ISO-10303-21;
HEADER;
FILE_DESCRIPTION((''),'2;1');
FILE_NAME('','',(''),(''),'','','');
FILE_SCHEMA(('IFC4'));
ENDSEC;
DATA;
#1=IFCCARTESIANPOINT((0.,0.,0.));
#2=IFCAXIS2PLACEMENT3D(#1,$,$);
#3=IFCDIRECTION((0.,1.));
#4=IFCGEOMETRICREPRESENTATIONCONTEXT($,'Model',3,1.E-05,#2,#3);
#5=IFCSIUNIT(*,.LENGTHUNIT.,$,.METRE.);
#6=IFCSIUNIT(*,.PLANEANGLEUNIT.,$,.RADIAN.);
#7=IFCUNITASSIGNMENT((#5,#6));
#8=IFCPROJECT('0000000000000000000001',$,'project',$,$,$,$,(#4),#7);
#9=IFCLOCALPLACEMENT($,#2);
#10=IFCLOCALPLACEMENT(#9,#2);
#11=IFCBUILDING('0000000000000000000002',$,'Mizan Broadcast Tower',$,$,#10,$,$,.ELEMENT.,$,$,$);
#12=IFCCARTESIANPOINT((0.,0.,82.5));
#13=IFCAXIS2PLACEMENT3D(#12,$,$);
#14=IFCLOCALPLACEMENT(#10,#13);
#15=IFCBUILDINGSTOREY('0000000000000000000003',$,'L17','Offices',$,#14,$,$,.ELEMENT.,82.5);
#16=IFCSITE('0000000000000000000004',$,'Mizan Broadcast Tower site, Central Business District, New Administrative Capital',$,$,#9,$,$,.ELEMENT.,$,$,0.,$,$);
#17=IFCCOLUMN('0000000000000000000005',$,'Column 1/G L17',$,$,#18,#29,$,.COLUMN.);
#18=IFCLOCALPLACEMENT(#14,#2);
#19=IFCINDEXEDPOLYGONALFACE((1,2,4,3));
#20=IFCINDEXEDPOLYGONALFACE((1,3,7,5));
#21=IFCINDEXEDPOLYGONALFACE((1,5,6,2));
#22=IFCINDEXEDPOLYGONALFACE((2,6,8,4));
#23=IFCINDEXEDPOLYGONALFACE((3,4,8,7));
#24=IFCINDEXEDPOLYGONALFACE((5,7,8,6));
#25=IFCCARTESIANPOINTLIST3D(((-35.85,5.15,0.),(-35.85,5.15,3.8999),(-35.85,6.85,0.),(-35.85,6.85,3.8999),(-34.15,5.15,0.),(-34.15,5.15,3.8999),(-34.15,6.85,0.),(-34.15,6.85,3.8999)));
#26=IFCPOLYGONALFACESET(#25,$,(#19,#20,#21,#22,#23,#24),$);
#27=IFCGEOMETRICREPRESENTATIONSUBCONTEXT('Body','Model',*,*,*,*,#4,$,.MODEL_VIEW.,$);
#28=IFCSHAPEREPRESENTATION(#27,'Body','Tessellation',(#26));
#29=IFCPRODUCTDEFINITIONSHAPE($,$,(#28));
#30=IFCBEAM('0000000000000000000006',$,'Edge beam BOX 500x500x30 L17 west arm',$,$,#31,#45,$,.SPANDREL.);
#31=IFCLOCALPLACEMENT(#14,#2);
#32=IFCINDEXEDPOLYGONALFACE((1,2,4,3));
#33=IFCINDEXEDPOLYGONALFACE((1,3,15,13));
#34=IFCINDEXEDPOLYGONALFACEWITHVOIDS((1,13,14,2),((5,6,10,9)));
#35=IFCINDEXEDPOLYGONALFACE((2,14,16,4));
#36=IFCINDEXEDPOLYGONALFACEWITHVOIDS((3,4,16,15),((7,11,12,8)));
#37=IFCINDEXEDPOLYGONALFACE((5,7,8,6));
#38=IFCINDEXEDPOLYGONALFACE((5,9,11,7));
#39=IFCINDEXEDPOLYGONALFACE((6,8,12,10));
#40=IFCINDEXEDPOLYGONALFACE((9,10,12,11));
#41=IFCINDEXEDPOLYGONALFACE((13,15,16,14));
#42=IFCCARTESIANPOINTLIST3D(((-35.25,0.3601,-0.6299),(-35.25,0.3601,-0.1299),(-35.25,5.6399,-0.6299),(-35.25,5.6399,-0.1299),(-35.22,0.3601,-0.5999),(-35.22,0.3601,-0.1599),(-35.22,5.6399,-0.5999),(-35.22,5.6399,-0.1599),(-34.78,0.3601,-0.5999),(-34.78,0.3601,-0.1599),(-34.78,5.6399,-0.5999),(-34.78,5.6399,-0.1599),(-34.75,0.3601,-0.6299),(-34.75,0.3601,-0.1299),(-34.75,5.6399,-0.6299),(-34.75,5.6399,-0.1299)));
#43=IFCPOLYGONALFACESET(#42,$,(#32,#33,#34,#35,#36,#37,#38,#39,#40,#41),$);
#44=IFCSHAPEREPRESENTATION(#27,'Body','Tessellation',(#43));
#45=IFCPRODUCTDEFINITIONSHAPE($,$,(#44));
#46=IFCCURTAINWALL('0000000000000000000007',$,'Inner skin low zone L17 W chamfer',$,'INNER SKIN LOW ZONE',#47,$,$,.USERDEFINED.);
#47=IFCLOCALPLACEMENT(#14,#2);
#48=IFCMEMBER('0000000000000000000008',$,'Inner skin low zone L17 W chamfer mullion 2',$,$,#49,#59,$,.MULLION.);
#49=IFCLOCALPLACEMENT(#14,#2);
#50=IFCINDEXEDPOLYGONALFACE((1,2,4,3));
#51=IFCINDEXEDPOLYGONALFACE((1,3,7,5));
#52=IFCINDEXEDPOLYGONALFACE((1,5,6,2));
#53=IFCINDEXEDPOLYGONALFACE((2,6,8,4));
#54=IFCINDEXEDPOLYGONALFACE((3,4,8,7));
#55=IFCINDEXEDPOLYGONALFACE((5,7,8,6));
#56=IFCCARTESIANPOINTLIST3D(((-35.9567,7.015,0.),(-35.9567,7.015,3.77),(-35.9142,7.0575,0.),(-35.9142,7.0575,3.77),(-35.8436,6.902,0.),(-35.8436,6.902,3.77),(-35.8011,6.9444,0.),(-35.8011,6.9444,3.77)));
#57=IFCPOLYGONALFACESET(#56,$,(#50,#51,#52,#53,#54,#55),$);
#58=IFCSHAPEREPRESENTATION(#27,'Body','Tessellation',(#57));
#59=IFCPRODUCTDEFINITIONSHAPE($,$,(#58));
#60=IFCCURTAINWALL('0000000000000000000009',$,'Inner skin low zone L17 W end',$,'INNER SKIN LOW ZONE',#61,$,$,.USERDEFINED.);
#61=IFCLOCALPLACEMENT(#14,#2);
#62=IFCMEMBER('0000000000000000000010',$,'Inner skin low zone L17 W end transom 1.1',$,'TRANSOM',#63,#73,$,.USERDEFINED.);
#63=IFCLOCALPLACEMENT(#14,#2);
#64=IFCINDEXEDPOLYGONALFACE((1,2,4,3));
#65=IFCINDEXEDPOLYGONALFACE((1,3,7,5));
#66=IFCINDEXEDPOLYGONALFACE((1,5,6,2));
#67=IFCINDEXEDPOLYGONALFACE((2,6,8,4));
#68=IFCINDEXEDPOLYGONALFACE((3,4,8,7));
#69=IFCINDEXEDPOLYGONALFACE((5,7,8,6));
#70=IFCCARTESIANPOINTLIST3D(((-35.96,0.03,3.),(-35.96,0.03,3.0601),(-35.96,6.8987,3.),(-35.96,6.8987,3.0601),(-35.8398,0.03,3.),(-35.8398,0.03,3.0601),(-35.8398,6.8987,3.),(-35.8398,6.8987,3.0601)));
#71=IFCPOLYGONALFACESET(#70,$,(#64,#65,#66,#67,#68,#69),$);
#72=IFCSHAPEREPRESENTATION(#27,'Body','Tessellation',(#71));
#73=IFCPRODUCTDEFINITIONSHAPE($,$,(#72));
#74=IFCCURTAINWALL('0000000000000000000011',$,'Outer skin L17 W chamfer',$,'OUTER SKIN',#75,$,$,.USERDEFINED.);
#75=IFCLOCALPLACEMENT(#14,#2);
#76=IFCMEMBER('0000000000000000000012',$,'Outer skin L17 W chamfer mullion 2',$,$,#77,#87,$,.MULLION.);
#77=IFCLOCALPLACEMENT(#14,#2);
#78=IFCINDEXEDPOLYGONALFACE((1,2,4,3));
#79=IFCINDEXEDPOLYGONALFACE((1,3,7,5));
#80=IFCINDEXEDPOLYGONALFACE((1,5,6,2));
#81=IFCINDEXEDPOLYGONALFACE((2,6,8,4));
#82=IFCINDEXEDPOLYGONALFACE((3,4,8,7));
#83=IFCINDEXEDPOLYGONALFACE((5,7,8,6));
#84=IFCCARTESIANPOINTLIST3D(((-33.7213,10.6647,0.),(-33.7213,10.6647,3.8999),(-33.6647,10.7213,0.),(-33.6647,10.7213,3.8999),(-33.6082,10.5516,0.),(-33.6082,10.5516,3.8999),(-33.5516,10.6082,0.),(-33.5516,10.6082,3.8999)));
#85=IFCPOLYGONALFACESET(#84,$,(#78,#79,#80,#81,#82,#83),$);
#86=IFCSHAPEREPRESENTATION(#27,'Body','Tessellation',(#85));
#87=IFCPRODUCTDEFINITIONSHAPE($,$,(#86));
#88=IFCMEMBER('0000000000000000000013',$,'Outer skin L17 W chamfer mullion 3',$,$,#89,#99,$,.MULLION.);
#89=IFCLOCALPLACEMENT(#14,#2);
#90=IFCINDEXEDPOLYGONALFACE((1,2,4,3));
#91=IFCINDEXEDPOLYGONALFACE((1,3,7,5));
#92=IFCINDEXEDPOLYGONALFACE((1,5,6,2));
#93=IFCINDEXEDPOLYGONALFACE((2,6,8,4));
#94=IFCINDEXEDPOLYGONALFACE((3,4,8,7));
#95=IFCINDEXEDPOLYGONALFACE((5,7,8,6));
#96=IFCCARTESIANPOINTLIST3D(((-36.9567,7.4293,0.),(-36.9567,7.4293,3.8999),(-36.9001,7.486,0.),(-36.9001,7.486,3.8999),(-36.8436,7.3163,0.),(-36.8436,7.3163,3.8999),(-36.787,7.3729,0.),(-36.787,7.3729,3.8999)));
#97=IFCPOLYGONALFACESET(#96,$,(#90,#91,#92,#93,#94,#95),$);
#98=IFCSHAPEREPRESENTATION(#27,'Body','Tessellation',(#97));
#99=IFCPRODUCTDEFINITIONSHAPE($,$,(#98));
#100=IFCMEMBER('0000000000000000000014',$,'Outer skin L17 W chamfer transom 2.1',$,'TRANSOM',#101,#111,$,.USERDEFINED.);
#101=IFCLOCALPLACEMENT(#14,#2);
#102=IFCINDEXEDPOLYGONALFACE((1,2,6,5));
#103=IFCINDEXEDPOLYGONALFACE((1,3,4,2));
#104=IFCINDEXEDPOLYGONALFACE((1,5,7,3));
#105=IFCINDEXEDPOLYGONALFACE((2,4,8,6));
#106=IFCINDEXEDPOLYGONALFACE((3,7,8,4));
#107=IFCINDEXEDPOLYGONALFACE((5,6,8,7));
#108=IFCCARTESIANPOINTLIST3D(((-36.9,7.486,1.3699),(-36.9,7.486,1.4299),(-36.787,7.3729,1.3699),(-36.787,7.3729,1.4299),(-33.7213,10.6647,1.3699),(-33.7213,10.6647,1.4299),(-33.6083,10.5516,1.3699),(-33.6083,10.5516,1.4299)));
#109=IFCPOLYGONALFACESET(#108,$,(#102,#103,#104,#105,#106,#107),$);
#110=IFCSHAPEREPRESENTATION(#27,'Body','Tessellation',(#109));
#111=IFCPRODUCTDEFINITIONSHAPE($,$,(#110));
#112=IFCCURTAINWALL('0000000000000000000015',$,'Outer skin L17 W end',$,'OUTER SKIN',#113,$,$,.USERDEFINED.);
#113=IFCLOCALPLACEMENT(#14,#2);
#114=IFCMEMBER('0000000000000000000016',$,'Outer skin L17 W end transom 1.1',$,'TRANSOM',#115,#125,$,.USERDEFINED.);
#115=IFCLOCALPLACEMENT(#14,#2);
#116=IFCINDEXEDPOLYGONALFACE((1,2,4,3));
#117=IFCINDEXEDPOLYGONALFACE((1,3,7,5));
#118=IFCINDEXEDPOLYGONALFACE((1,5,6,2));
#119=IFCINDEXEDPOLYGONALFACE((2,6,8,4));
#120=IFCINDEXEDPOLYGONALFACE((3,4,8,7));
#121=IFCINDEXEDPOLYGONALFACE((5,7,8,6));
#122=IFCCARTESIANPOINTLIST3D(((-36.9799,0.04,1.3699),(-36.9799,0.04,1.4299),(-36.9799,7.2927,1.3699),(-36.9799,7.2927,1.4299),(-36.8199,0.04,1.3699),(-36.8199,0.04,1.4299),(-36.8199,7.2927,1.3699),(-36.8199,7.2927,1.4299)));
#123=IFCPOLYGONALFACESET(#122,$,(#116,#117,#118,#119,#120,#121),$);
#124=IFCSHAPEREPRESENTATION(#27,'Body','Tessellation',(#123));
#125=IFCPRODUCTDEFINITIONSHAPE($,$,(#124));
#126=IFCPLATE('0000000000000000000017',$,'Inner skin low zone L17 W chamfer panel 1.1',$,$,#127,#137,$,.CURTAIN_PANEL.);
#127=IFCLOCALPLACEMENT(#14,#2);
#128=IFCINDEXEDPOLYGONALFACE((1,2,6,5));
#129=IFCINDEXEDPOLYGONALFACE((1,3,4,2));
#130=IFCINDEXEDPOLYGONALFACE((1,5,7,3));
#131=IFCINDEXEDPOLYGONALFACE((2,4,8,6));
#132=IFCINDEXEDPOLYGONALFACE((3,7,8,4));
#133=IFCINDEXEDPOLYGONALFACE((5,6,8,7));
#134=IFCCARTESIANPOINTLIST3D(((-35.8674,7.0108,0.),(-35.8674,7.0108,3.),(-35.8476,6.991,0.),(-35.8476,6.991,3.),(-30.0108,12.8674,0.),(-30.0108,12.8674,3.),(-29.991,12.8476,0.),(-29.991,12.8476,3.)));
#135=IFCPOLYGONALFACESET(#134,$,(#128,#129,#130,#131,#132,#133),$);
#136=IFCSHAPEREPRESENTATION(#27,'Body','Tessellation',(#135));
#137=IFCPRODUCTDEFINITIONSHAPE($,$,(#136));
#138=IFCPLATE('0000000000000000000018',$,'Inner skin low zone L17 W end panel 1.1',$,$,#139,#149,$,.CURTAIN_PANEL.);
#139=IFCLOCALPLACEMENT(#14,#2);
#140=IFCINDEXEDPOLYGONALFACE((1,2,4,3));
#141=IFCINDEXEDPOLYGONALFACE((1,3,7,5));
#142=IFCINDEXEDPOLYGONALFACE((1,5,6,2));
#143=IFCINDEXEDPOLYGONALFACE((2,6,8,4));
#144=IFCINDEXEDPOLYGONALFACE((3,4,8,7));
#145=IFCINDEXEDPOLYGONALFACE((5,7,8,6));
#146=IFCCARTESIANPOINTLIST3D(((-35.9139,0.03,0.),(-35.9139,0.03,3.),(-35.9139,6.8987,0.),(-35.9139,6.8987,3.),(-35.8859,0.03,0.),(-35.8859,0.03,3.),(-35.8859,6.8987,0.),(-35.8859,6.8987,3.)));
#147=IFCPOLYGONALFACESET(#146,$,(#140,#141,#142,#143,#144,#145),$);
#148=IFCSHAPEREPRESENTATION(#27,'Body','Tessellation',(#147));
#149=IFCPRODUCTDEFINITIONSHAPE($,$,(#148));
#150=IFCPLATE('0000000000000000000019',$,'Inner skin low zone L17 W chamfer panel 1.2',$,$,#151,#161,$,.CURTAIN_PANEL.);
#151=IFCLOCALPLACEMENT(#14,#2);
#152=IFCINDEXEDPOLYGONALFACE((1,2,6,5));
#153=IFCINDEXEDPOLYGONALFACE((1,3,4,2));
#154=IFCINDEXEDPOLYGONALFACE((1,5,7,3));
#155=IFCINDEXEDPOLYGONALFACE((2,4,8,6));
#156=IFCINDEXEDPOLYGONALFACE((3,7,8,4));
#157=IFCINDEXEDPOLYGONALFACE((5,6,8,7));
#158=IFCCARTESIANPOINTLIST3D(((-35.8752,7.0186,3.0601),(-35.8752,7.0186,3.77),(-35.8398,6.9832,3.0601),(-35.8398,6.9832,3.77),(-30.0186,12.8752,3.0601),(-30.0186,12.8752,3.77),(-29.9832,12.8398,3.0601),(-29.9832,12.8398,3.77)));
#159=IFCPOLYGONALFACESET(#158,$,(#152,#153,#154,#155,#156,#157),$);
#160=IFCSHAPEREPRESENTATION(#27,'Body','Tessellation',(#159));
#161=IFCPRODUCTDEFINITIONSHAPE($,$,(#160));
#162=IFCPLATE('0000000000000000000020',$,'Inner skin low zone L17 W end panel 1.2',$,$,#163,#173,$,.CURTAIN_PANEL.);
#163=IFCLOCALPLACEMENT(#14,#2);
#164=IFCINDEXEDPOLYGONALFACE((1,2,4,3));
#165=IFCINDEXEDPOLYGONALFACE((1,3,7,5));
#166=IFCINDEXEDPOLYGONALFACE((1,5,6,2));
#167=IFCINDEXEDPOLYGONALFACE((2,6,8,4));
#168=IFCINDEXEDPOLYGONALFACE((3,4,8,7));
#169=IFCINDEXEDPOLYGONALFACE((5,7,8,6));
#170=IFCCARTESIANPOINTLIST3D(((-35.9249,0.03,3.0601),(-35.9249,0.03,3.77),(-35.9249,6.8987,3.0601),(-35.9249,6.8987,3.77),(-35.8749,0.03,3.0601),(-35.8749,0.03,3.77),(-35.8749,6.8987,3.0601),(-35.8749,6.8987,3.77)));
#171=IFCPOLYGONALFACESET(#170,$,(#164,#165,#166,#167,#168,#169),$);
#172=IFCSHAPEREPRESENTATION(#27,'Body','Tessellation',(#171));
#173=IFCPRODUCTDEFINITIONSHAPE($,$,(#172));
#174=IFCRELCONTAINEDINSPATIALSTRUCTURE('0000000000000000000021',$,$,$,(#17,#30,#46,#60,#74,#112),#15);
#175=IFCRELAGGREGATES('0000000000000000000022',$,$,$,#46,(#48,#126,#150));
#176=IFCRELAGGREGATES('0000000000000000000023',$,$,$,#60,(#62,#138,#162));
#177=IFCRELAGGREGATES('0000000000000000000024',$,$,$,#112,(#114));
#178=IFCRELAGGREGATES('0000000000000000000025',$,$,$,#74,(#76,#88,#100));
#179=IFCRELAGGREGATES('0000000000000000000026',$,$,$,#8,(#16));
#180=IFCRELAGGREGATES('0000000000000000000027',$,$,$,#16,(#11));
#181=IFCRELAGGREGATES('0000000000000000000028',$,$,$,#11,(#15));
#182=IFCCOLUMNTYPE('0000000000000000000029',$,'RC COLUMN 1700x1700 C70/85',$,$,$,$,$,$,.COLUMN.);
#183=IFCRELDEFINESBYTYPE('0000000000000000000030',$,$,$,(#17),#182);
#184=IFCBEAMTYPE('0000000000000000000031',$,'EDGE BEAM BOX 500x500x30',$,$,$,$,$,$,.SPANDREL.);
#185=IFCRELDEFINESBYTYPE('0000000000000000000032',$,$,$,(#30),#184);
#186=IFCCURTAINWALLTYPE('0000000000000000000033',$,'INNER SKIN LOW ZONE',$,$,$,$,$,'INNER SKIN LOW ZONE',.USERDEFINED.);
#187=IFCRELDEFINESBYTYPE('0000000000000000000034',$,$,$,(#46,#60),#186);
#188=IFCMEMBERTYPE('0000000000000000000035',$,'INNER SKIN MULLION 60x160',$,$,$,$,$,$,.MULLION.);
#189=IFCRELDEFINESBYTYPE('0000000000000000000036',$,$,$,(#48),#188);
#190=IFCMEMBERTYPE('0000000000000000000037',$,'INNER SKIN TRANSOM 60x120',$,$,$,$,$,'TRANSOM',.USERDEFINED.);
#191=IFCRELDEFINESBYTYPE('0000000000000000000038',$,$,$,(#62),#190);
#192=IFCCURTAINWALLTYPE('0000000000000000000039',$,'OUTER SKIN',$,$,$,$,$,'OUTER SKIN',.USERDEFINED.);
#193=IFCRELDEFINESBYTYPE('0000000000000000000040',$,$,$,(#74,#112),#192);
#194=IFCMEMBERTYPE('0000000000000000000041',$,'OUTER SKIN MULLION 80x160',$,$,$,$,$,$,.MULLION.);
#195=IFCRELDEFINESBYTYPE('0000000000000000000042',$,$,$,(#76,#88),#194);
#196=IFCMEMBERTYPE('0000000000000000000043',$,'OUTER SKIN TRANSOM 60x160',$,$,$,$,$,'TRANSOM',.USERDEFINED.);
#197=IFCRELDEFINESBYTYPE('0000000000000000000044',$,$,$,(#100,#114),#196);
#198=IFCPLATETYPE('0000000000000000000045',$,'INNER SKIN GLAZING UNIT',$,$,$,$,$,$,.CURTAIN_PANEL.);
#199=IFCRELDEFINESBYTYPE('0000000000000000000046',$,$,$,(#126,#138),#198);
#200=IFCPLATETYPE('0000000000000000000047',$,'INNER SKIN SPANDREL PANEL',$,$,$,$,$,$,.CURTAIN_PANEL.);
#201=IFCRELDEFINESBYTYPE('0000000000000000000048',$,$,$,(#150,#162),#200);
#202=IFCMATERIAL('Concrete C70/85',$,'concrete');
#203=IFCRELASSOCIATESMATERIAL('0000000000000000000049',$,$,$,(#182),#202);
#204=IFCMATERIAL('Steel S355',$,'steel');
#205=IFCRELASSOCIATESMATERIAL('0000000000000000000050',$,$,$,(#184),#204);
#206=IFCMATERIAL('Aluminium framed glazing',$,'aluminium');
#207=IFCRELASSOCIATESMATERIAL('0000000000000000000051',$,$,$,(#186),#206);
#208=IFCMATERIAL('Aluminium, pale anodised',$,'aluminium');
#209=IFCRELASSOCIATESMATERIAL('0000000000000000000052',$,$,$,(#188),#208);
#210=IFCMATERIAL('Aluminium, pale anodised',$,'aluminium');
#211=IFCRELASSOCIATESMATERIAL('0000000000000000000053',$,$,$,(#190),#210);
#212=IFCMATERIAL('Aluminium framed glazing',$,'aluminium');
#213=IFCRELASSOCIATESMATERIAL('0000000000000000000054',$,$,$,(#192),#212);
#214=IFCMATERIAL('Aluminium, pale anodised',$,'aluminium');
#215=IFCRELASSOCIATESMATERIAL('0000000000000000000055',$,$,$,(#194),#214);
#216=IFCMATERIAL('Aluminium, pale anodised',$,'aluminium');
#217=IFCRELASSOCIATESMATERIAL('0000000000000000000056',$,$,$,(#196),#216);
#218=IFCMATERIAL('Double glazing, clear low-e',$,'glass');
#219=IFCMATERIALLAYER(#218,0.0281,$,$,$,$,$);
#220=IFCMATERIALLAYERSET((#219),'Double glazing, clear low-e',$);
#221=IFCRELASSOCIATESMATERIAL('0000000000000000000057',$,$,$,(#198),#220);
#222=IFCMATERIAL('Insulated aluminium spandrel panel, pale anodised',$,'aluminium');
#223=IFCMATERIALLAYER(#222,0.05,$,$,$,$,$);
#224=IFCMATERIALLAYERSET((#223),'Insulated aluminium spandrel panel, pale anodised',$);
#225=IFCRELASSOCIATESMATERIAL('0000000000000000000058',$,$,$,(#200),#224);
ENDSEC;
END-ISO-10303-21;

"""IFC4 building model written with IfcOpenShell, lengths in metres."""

from ifc_helpers import new_model, si_unit, direction, frame, origin, origin_2d, place, context, subcontext, project, spatial, rectangle, hollow_rectangle, extrude, material, layer, layer_set, material_profile, profile_set, type_object, element, aggregate, save


model = new_model("IFC4")

# Units and contexts
model_context = context("Model", 3, precision=1e-05, world=origin(), true_north=direction((0.0, 1.0)))
body_context = subcontext(model_context, "Body", "Model", "MODEL_VIEW")
ifc_project = project(units=[si_unit("LENGTHUNIT", "METRE"), si_unit("PLANEANGLEUNIT", "RADIAN")], contexts=[model_context])

# Site, building, storey
site_placement = place(None, origin())
site = spatial("IfcSite", under=ifc_project, at=site_placement, Name="Mizan Broadcast Tower site, Central Business District, New Administrative Capital", CompositionType="ELEMENT", RefElevation=0.0)
building_placement = place(site_placement, origin())
building = spatial("IfcBuilding", under=site, at=building_placement, Name="Mizan Broadcast Tower", CompositionType="ELEMENT")
storey_placement = place(building_placement, frame((0.0, 0.0, 82.5)))
storey = spatial("IfcBuildingStorey", under=building, at=storey_placement, Name="L17", Description="Offices", CompositionType="ELEMENT", Elevation=82.5)

# Column
ifc_material_1 = material(Name="Concrete C70/85", Category="concrete")
ifc_material_profile_1 = material_profile(ifc_material_1, rectangle(XDim=1.7, YDim=1.7, at=origin_2d()), Name="RC 1700x1700")
ifc_profile_set_1 = profile_set([ifc_material_profile_1], Name="Concrete C70/85")
column_type = type_object("IfcColumnType", Name="RC COLUMN 1700x1700 C70/85", PredefinedType="COLUMN", material=ifc_profile_set_1)
column_placement = place(storey_placement, frame((-35.0, 6.0, 0.0), z_axis=(0.0, 0.0, 1.0), x_axis=(1.0, 0.0, 0.0)))
element("IfcColumn", 1, at=column_placement, inside=storey, type_object=column_type, Name="Column 1/G L17", PredefinedType="COLUMN", context=body_context, shape_type="SweptSolid", body=[
    extrude(rectangle(XDim=1.7, YDim=1.7, at=origin_2d()), origin(), (0.0, 0.0, 1.0), 3.8999),
])

# Beam
ifc_material_2 = material(Name="Steel S355", Category="steel")
ifc_material_profile_2 = material_profile(ifc_material_2, hollow_rectangle(XDim=0.5, YDim=0.5, WallThickness=0.03, at=origin_2d()), Name="BOX 500x500x30")
ifc_profile_set_2 = profile_set([ifc_material_profile_2], Name="Steel S355")
beam_type = type_object("IfcBeamType", Name="EDGE BEAM BOX 500x500x30", PredefinedType="SPANDREL", material=ifc_profile_set_2)
beam_placement = place(storey_placement, frame((-35.0, 5.6399, -0.3799), z_axis=(0.0, -1.0, 0.0), x_axis=(1.0, 0.0, 0.0)))
element("IfcBeam", 2, at=beam_placement, inside=storey, type_object=beam_type, Name="Edge beam BOX 500x500x30 L17 west arm", PredefinedType="SPANDREL", context=body_context, shape_type="SweptSolid", body=[
    extrude(hollow_rectangle(XDim=0.5, YDim=0.5, WallThickness=0.03, at=origin_2d()), origin(), (0.0, 0.0, 1.0), 5.2798),
])

# Curtain walls, members
ifc_material_3 = material(Name="Aluminium framed glazing", Category="aluminium")
curtain_wall_type_1 = type_object("IfcCurtainWallType", Name="INNER SKIN LOW ZONE", ElementType="INNER SKIN LOW ZONE", PredefinedType="USERDEFINED", material=ifc_material_3)
curtain_wall_1_placement = place(storey_placement, origin())
curtain_wall_1 = element("IfcCurtainWall", 3, at=curtain_wall_1_placement, inside=storey, type_object=curtain_wall_type_1, Name="Inner skin low zone L17 W chamfer", ObjectType="INNER SKIN LOW ZONE", PredefinedType="USERDEFINED")
ifc_material_4 = material(Name="Aluminium, pale anodised", Category="aluminium")
ifc_material_profile_3 = material_profile(ifc_material_4, rectangle(XDim=0.1599, YDim=0.0601, at=origin_2d()), Name="MULLION 160x60")
ifc_profile_set_3 = profile_set([ifc_material_profile_3], Name="Aluminium, pale anodised")
member_type_1 = type_object("IfcMemberType", Name="INNER SKIN MULLION 60x160", PredefinedType="MULLION", material=ifc_profile_set_3)
member_1_placement = place(storey_placement, frame((-35.8789, 6.9797, 0.0), z_axis=(0.0, 0.0, 1.0), x_axis=(0.707107, -0.707107, 0.0)))
member_1 = element("IfcMember", 4, at=member_1_placement, type_object=member_type_1, Name="Inner skin low zone L17 W chamfer mullion 2", PredefinedType="MULLION", context=body_context, shape_type="SweptSolid", body=[
    extrude(rectangle(XDim=0.1599, YDim=0.0601, at=origin_2d()), origin(), (0.0, 0.0, 1.0), 3.77),
])
curtain_wall_2_placement = place(storey_placement, origin())
curtain_wall_2 = element("IfcCurtainWall", 5, at=curtain_wall_2_placement, inside=storey, type_object=curtain_wall_type_1, Name="Inner skin low zone L17 W end", ObjectType="INNER SKIN LOW ZONE", PredefinedType="USERDEFINED")
ifc_material_5 = material(Name="Aluminium, pale anodised", Category="aluminium")
ifc_material_profile_4 = material_profile(ifc_material_5, rectangle(XDim=0.1201, YDim=0.0601, at=origin_2d()), Name="TRANSOM 120x60")
ifc_profile_set_4 = profile_set([ifc_material_profile_4], Name="Aluminium, pale anodised")
member_type_2 = type_object("IfcMemberType", Name="INNER SKIN TRANSOM 60x120", ElementType="TRANSOM", PredefinedType="USERDEFINED", material=ifc_profile_set_4)
member_2_placement = place(storey_placement, frame((-35.8999, 6.8987, 3.03), z_axis=(0.0, -1.0, 0.0), x_axis=(1.0, 0.0, 0.0)))
member_2 = element("IfcMember", 6, at=member_2_placement, type_object=member_type_2, Name="Inner skin low zone L17 W end transom 1.1", ObjectType="TRANSOM", PredefinedType="USERDEFINED", context=body_context, shape_type="SweptSolid", body=[
    extrude(rectangle(XDim=0.1201, YDim=0.0601, at=origin_2d()), origin(), (0.0, 0.0, 1.0), 6.8687),
])

# Curtain wall, members
ifc_material_6 = material(Name="Aluminium framed glazing", Category="aluminium")
curtain_wall_type_2 = type_object("IfcCurtainWallType", Name="OUTER SKIN", ElementType="OUTER SKIN", PredefinedType="USERDEFINED", material=ifc_material_6)
curtain_wall_3_placement = place(storey_placement, origin())
curtain_wall_3 = element("IfcCurtainWall", 7, at=curtain_wall_3_placement, inside=storey, type_object=curtain_wall_type_2, Name="Outer skin L17 W chamfer", ObjectType="OUTER SKIN", PredefinedType="USERDEFINED")
ifc_material_7 = material(Name="Aluminium, pale anodised", Category="aluminium")
ifc_material_profile_5 = material_profile(ifc_material_7, rectangle(XDim=0.1599, YDim=0.0801, at=origin_2d()), Name="MULLION 160x80")
ifc_profile_set_5 = profile_set([ifc_material_profile_5], Name="Aluminium, pale anodised")
member_type_3 = type_object("IfcMemberType", Name="OUTER SKIN MULLION 80x160", PredefinedType="MULLION", material=ifc_profile_set_5)
member_3_placement = place(storey_placement, frame((-33.6365, 10.6365, 0.0), z_axis=(0.0, 0.0, 1.0), x_axis=(0.707107, -0.707107, 0.0)))
member_3 = element("IfcMember", 8, at=member_3_placement, type_object=member_type_3, Name="Outer skin L17 W chamfer mullion 2", PredefinedType="MULLION", context=body_context, shape_type="SweptSolid", body=[
    extrude(rectangle(XDim=0.1599, YDim=0.0801, at=origin_2d()), origin(), (0.0, 0.0, 1.0), 3.8999),
])
member_4_placement = place(storey_placement, frame((-36.8718, 7.4011, 0.0), z_axis=(0.0, 0.0, 1.0), x_axis=(0.707107, -0.707107, 0.0)))
member_4 = element("IfcMember", 9, at=member_4_placement, type_object=member_type_3, Name="Outer skin L17 W chamfer mullion 3", PredefinedType="MULLION", context=body_context, shape_type="SweptSolid", body=[
    extrude(rectangle(XDim=0.1599, YDim=0.0801, at=origin_2d()), origin(), (0.0, 0.0, 1.0), 3.8999),
])
ifc_material_8 = material(Name="Aluminium, pale anodised", Category="aluminium")
ifc_material_profile_6 = material_profile(ifc_material_8, rectangle(XDim=0.1599, YDim=0.0601, at=origin_2d()), Name="TRANSOM 160x60")
ifc_profile_set_6 = profile_set([ifc_material_profile_6], Name="Aluminium, pale anodised")
member_type_4 = type_object("IfcMemberType", Name="OUTER SKIN TRANSOM 60x160", ElementType="TRANSOM", PredefinedType="USERDEFINED", material=ifc_profile_set_6)
member_5_placement = place(storey_placement, frame((-33.6648, 10.6082, 1.3999), z_axis=(-0.707107, -0.707107, 0.0), x_axis=(0.707107, -0.707107, 0.0)))
member_5 = element("IfcMember", 10, at=member_5_placement, type_object=member_type_4, Name="Outer skin L17 W chamfer transom 2.1", ObjectType="TRANSOM", PredefinedType="USERDEFINED", context=body_context, shape_type="SweptSolid", body=[
    extrude(rectangle(XDim=0.1599, YDim=0.0601, at=origin_2d()), origin(), (0.0, 0.0, 1.0), 4.4954),
])

# Curtain wall, member
curtain_wall_4_placement = place(storey_placement, origin())
curtain_wall_4 = element("IfcCurtainWall", 11, at=curtain_wall_4_placement, inside=storey, type_object=curtain_wall_type_2, Name="Outer skin L17 W end", ObjectType="OUTER SKIN", PredefinedType="USERDEFINED")
member_6_placement = place(storey_placement, frame((-36.8999, 7.2927, 1.3999), z_axis=(0.0, -1.0, 0.0), x_axis=(1.0, 0.0, 0.0)))
member_6 = element("IfcMember", 12, at=member_6_placement, type_object=member_type_4, Name="Outer skin L17 W end transom 1.1", ObjectType="TRANSOM", PredefinedType="USERDEFINED", context=body_context, shape_type="SweptSolid", body=[
    extrude(rectangle(XDim=0.1599, YDim=0.0601, at=origin_2d()), origin(), (0.0, 0.0, 1.0), 7.2527),
])

# Plates
ifc_material_9 = material(Name="Double glazing, clear low-e", Category="glass")
ifc_layer_1 = layer(ifc_material_9, 0.0281)
ifc_layer_set_1 = layer_set([ifc_layer_1], Name="Double glazing, clear low-e")
plate_type_1 = type_object("IfcPlateType", Name="INNER SKIN GLAZING UNIT", PredefinedType="CURTAIN_PANEL", material=ifc_layer_set_1)
plate_1_placement = place(storey_placement, frame((-32.9292, 9.9292, 0.0), z_axis=(0.0, 0.0, 1.0), x_axis=(-0.707107, -0.707107, 0.0)))
plate_1 = element("IfcPlate", 13, at=plate_1_placement, type_object=plate_type_1, Name="Inner skin low zone L17 W chamfer panel 1.1", PredefinedType="CURTAIN_PANEL", context=body_context, shape_type="SweptSolid", body=[
    extrude(rectangle(XDim=8.2825, YDim=0.0281, at=origin_2d()), origin(), (0.0, 0.0, 1.0), 3.0),
])
plate_2_placement = place(storey_placement, frame((-35.8999, 3.4644, 0.0), z_axis=(0.0, 0.0, 1.0), x_axis=(0.0, -1.0, 0.0)))
plate_2 = element("IfcPlate", 14, at=plate_2_placement, type_object=plate_type_1, Name="Inner skin low zone L17 W end panel 1.1", PredefinedType="CURTAIN_PANEL", context=body_context, shape_type="SweptSolid", body=[
    extrude(rectangle(XDim=6.8687, YDim=0.0281, at=origin_2d()), origin(), (0.0, 0.0, 1.0), 3.0),
])
ifc_material_10 = material(Name="Insulated aluminium spandrel panel, pale anodised", Category="aluminium")
ifc_layer_2 = layer(ifc_material_10, 0.05)
ifc_layer_set_2 = layer_set([ifc_layer_2], Name="Insulated aluminium spandrel panel, pale anodised")
plate_type_2 = type_object("IfcPlateType", Name="INNER SKIN SPANDREL PANEL", PredefinedType="CURTAIN_PANEL", material=ifc_layer_set_2)
plate_3_placement = place(storey_placement, frame((-32.9292, 9.9292, 3.0601), z_axis=(0.0, 0.0, 1.0), x_axis=(-0.707107, -0.707107, 0.0)))
plate_3 = element("IfcPlate", 15, at=plate_3_placement, type_object=plate_type_2, Name="Inner skin low zone L17 W chamfer panel 1.2", PredefinedType="CURTAIN_PANEL", context=body_context, shape_type="SweptSolid", body=[
    extrude(rectangle(XDim=8.2825, YDim=0.05, at=origin_2d()), origin(), (0.0, 0.0, 1.0), 0.71),
])
aggregate(curtain_wall_1, [member_1, plate_1, plate_3])
plate_4_placement = place(storey_placement, frame((-35.8999, 3.4644, 3.0601), z_axis=(0.0, 0.0, 1.0), x_axis=(0.0, -1.0, 0.0)))
plate_4 = element("IfcPlate", 16, at=plate_4_placement, type_object=plate_type_2, Name="Inner skin low zone L17 W end panel 1.2", PredefinedType="CURTAIN_PANEL", context=body_context, shape_type="SweptSolid", body=[
    extrude(rectangle(XDim=6.8687, YDim=0.05, at=origin_2d()), origin(), (0.0, 0.0, 1.0), 0.71),
])
aggregate(curtain_wall_2, [member_2, plate_2, plate_4])
aggregate(curtain_wall_4, [member_6])
aggregate(curtain_wall_3, [member_3, member_4, member_5])

save(model, "model.ifc")
